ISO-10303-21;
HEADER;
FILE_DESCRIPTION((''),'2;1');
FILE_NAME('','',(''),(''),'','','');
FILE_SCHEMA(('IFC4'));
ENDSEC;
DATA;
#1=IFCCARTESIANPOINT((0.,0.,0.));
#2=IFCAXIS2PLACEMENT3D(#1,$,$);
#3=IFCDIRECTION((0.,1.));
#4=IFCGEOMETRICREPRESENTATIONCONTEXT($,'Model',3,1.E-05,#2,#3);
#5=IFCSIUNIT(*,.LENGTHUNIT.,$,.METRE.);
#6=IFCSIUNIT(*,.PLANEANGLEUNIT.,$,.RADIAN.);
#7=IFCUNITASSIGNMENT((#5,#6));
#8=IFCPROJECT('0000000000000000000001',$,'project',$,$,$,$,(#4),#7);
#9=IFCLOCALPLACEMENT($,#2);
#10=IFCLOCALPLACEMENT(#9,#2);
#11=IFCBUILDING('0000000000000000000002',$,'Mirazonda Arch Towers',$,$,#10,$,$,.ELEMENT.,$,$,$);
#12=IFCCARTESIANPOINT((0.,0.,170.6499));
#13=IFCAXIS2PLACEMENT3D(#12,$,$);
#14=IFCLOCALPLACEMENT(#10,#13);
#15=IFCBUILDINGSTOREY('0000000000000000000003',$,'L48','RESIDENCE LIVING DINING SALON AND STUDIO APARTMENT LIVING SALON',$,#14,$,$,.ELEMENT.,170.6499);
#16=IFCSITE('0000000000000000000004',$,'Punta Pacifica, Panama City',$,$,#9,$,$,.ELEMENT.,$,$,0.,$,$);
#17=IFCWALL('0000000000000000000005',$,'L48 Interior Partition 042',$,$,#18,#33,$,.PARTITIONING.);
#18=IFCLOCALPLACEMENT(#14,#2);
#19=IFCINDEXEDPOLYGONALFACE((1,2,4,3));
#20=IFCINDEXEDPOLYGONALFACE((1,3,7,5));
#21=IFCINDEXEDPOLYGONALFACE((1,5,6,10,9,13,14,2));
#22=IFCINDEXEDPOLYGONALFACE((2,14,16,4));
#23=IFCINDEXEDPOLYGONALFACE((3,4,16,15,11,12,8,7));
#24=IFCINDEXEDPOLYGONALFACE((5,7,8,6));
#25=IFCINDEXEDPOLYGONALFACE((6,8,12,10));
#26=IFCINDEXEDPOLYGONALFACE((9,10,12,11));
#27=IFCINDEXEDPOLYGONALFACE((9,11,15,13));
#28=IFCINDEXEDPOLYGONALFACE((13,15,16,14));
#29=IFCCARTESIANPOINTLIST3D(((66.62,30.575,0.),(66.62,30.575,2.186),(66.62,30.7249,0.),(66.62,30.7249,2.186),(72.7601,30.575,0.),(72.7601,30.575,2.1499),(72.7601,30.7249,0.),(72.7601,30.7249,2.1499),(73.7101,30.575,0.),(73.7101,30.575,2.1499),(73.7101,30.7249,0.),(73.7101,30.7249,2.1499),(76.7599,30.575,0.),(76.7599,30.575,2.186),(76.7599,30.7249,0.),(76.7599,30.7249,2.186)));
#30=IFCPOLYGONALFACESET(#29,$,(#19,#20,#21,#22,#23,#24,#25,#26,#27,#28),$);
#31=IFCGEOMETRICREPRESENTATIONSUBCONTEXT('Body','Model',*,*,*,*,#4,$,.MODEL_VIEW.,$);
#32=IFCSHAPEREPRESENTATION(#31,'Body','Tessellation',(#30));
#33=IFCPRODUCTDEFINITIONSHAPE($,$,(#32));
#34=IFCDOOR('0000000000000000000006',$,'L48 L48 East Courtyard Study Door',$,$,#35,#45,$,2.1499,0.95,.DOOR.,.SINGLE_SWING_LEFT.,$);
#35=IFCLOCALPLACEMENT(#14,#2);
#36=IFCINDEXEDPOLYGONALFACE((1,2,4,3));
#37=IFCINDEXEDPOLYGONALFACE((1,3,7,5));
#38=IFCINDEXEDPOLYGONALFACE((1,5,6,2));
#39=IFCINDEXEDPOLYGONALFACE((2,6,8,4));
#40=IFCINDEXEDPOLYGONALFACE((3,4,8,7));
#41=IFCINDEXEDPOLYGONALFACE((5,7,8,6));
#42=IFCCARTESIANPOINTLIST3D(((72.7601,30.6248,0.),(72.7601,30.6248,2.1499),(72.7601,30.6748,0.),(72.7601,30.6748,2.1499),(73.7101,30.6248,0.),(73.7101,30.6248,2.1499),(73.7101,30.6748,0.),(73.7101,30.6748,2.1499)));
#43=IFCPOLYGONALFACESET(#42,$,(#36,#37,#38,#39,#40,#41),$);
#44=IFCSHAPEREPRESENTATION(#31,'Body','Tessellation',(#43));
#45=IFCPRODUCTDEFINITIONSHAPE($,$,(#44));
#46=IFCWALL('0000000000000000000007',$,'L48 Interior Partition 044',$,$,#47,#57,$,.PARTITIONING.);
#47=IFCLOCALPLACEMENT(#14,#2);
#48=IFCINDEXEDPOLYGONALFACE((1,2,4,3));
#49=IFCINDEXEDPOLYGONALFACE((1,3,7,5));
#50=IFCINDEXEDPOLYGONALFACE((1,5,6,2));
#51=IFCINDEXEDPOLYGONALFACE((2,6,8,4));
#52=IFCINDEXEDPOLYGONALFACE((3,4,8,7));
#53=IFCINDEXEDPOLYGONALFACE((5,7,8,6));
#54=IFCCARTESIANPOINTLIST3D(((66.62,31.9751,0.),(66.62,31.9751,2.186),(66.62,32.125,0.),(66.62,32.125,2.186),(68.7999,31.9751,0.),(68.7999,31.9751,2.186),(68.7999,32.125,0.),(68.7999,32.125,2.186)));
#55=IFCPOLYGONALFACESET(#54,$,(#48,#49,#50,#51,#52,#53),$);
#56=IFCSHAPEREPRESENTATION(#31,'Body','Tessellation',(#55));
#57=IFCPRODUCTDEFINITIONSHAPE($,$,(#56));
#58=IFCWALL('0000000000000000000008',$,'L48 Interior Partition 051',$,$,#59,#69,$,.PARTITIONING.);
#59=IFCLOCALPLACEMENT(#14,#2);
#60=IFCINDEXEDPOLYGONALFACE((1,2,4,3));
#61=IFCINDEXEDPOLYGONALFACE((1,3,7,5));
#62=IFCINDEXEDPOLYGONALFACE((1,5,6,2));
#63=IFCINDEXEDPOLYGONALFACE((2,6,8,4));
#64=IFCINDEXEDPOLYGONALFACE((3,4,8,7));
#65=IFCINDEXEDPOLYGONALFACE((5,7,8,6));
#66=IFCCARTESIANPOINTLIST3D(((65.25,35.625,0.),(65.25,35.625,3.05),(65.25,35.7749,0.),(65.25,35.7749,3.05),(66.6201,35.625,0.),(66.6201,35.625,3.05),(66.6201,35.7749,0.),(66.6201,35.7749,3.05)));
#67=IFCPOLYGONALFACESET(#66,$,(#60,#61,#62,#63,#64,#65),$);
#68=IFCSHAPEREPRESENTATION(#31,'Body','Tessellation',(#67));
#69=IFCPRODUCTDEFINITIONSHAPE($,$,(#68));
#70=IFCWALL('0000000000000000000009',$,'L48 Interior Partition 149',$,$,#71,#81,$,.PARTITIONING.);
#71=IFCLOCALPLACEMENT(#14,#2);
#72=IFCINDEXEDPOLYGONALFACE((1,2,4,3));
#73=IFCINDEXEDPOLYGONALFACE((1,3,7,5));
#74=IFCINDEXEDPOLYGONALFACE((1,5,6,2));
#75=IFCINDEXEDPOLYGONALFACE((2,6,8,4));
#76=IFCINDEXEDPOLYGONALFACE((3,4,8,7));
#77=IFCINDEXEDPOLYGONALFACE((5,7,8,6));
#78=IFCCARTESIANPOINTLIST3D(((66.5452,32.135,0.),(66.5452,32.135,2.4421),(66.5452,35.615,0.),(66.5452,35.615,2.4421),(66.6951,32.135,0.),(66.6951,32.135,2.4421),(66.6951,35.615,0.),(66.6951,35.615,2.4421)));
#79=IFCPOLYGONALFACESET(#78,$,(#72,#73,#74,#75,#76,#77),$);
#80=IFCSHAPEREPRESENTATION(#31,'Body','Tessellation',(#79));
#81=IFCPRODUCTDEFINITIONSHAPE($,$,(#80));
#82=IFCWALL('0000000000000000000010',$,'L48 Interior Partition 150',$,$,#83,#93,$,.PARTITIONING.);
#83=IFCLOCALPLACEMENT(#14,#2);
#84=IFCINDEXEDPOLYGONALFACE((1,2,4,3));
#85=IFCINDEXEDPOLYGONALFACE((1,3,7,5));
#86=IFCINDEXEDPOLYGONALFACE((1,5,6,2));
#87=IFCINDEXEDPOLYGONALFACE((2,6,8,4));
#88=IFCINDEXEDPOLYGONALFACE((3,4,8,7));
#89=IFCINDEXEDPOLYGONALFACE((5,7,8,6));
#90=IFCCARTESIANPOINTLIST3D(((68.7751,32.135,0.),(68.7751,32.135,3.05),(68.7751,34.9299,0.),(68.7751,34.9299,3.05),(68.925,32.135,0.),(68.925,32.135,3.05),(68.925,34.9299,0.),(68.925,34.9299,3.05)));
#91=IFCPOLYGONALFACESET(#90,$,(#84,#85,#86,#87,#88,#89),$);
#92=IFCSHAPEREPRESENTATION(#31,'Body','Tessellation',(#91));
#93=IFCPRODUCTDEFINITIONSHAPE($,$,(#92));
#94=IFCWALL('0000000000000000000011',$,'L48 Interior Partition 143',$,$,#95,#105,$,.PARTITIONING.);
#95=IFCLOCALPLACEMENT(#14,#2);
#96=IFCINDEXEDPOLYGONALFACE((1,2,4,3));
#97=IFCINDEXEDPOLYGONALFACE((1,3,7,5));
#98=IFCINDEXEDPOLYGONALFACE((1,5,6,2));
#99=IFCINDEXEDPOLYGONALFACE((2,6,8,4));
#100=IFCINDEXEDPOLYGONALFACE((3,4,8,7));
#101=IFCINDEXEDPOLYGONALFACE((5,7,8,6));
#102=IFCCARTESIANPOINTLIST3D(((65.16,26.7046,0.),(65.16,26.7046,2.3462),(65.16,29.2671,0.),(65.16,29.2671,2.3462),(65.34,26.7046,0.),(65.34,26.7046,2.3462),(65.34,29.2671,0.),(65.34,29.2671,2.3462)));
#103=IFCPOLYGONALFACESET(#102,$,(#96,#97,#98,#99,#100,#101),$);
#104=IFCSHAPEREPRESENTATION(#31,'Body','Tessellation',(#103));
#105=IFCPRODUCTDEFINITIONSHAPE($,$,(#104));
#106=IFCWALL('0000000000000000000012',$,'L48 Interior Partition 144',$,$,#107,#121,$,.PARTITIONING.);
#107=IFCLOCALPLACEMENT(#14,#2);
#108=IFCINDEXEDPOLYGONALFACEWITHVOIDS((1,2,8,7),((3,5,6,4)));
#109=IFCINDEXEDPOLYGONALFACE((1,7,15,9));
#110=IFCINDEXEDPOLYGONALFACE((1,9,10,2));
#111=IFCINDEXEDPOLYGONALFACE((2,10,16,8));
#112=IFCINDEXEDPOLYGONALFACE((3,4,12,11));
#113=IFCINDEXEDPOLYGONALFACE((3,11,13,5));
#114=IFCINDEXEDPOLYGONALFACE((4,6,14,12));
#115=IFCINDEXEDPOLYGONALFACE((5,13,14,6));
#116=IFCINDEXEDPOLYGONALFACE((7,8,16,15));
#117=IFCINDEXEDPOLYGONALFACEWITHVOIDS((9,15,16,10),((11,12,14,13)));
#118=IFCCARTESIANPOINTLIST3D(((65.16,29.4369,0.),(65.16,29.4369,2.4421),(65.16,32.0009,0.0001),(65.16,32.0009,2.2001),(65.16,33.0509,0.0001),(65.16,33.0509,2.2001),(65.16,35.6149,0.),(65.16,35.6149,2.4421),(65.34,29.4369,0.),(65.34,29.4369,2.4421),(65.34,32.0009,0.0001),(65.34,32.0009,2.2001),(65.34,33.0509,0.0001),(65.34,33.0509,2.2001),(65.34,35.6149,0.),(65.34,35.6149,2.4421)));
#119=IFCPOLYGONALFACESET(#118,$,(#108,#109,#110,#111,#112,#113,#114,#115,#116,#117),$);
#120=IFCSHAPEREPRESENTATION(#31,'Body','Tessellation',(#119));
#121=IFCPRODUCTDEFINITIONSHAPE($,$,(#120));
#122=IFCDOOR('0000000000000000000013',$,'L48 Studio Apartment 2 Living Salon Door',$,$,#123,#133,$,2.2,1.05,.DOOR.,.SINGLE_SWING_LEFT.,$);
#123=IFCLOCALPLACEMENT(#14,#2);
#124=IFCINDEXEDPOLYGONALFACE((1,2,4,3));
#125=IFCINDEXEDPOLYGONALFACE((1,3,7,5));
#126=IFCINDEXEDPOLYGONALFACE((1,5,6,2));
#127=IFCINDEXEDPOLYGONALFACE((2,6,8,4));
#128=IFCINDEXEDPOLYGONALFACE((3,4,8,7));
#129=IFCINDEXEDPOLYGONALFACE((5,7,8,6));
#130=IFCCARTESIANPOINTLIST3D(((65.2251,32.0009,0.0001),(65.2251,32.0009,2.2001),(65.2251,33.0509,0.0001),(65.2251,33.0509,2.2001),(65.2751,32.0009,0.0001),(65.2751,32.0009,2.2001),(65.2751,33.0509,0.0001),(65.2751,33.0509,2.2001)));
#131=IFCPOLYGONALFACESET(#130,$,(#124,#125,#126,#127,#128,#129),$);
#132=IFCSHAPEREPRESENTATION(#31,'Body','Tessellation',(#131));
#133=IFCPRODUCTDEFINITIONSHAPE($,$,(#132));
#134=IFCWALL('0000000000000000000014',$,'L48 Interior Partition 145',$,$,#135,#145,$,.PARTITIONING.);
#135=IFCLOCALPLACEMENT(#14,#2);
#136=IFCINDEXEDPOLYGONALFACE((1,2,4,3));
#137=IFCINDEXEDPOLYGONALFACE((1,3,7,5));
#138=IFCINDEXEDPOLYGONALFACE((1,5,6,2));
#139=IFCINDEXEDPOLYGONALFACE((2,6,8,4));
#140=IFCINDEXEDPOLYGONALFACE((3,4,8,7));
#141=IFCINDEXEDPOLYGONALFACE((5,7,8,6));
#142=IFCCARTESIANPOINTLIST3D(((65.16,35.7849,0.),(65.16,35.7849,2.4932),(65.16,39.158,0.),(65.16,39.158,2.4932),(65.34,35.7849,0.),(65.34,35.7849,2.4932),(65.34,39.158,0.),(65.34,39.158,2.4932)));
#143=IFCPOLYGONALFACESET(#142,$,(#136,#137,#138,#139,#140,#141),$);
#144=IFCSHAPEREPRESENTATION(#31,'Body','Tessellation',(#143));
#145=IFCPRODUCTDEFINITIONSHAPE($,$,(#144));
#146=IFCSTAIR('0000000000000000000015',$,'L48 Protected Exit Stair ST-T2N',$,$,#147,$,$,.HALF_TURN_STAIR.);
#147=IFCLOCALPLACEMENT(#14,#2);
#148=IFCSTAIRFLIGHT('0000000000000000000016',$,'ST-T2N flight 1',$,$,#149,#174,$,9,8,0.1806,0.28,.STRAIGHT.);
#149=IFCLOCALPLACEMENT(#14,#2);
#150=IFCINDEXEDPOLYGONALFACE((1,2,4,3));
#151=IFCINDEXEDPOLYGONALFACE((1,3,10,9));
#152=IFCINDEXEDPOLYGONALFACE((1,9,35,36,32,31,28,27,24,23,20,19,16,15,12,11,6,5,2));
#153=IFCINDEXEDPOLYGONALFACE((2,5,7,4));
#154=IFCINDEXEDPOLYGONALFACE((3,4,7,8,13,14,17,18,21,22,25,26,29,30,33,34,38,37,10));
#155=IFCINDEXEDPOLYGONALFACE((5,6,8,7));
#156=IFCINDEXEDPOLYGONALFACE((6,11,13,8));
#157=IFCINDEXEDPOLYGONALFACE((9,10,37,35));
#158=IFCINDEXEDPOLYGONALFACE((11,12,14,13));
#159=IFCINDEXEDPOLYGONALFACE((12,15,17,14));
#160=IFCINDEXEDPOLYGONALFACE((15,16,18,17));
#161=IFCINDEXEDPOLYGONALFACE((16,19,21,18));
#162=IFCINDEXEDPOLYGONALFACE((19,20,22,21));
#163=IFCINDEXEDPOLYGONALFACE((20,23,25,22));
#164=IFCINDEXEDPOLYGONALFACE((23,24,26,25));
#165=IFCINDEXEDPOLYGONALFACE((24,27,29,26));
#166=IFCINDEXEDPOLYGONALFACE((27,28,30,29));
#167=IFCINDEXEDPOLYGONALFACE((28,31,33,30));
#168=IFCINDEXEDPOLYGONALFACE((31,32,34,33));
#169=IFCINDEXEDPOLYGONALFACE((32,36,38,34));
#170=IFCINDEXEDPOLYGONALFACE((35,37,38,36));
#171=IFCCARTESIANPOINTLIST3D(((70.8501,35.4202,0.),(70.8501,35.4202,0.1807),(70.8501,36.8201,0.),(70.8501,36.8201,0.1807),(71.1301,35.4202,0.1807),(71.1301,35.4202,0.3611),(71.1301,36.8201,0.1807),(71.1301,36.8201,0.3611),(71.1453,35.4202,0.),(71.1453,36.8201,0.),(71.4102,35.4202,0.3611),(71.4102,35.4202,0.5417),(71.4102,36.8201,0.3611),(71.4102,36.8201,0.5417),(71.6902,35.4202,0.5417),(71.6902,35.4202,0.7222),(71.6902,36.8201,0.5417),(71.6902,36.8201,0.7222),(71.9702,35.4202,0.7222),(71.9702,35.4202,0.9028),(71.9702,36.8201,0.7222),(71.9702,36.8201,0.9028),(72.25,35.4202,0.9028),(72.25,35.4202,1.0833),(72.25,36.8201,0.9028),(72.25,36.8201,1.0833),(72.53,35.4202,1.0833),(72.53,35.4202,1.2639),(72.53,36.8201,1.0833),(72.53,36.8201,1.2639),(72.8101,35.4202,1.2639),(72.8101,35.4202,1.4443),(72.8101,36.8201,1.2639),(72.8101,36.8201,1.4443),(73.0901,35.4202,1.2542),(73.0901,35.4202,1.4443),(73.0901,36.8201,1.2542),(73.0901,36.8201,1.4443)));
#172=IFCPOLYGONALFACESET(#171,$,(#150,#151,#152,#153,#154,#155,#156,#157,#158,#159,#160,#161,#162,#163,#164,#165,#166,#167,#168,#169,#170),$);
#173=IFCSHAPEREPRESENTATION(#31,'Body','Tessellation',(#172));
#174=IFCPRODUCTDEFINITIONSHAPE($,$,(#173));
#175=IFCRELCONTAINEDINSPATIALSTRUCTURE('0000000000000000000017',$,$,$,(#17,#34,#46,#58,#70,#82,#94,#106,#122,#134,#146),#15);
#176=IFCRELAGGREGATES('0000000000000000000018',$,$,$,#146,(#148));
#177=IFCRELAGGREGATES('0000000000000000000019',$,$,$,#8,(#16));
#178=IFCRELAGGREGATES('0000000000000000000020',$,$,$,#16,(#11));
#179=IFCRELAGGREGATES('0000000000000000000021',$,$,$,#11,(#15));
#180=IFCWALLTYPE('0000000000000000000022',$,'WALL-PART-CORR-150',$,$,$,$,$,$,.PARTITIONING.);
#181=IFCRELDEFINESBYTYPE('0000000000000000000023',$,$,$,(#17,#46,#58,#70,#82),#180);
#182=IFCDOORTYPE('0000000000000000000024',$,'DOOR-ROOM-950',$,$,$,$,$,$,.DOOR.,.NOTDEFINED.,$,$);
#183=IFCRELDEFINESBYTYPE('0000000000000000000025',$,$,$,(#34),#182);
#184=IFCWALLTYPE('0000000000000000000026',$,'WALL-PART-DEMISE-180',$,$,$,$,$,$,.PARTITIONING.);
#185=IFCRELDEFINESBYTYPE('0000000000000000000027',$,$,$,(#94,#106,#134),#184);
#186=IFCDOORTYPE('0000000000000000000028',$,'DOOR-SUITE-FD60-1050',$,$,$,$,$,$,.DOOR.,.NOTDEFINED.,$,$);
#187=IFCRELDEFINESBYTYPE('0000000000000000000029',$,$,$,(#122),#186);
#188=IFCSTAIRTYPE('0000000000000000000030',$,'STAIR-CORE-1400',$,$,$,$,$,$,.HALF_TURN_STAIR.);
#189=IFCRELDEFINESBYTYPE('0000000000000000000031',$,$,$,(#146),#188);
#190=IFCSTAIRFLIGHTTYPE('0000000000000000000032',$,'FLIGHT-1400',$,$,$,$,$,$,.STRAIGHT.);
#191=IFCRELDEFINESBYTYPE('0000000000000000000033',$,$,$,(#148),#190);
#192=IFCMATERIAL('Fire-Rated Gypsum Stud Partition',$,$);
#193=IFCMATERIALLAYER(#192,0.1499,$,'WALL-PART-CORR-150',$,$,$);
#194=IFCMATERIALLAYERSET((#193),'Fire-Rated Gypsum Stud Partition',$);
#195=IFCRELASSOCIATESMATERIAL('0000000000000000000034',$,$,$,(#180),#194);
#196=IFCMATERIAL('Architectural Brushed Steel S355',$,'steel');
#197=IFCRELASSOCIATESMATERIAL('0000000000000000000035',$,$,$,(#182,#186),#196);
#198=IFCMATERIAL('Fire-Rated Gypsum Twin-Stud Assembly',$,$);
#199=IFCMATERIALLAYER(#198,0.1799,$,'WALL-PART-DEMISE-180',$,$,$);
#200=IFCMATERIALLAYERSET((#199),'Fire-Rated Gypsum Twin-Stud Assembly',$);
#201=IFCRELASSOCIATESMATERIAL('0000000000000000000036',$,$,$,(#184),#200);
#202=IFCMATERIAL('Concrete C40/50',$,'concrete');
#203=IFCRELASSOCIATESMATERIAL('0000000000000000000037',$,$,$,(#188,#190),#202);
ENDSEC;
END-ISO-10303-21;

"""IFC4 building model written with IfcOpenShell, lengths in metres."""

from ifc_helpers import new_model, si_unit, direction, frame, frame_2d, origin, place, context, subcontext, project, spatial, polyline, rectangle, outline, extrude, material, layer, layer_set, type_object, element, fill, aggregate, save


model = new_model("IFC4")

# Units and contexts
model_context = context("Model", 3, precision=1e-05, world=origin(), true_north=direction((0.0, 1.0)))
body_context = subcontext(model_context, "Body", "Model", "MODEL_VIEW")
ifc_project = project(units=[si_unit("LENGTHUNIT", "METRE"), si_unit("PLANEANGLEUNIT", "RADIAN")], contexts=[model_context])

# Site, building, storey
site_placement = place(None, origin())
site = spatial("IfcSite", under=ifc_project, at=site_placement, Name="Punta Pacifica, Panama City", CompositionType="ELEMENT", RefElevation=0.0)
building_placement = place(site_placement, origin())
building = spatial("IfcBuilding", under=site, at=building_placement, Name="Mirazonda Arch Towers", CompositionType="ELEMENT")
storey_placement = place(building_placement, frame((0.0, 0.0, 170.6499)))
storey = spatial("IfcBuildingStorey", under=building, at=storey_placement, Name="L48", Description="RESIDENCE LIVING DINING SALON AND STUDIO APARTMENT LIVING SALON", CompositionType="ELEMENT", Elevation=170.6499)

# Shared definitions
ifc_material_1 = material(Name="Architectural Brushed Steel S355", Category="steel")

# Wall, opening, door
ifc_material_2 = material(Name="Fire-Rated Gypsum Stud Partition")
ifc_layer_1 = layer(ifc_material_2, 0.1499, Name="WALL-PART-CORR-150")
ifc_layer_set_1 = layer_set([ifc_layer_1], Name="Fire-Rated Gypsum Stud Partition")
wall_type_1 = type_object("IfcWallType", Name="WALL-PART-CORR-150", PredefinedType="PARTITIONING", material=ifc_layer_set_1)
wall_1_placement = place(storey_placement, frame((66.6201, 30.6499, 0.0), z_axis=(0.0, 0.0, 1.0), x_axis=(1.0, 0.0, 0.0)))
wall_1 = element("IfcWall", 1, at=wall_1_placement, inside=storey, type_object=wall_type_1, Name="L48 Interior Partition 042", PredefinedType="PARTITIONING", context=body_context, shape_type="SweptSolid", body=[
    extrude(rectangle(XDim=10.1399, YDim=0.1499, at=frame_2d((5.0698, 0.0))), origin(), (0.0, 0.0, 1.0), 2.186),
])
opening_1_placement = place(wall_1_placement, frame((6.1399, 0.0, 0.0)))
opening_1 = element("IfcOpeningElement", 2, at=opening_1_placement, cuts=wall_1, PredefinedType="OPENING", context=body_context, shape_type="SweptSolid", body=[
    extrude(rectangle(XDim=0.95, YDim=2.1499, at=frame_2d((0.4751, 1.075))), frame((0.0, 0.085, 0.0), z_axis=(0.0, -1.0, 0.0), x_axis=(1.0, 0.0, 0.0)), (0.0, 0.0, 1.0), 0.1699),
])
door_type_1 = type_object("IfcDoorType", Name="DOOR-ROOM-950", OperationType="NOTDEFINED", PredefinedType="DOOR", material=ifc_material_1)
door_1_placement = place(opening_1_placement, origin())
door_1 = element("IfcDoor", 3, at=door_1_placement, inside=storey, type_object=door_type_1, Name="L48 L48 East Courtyard Study Door", OperationType="SINGLE_SWING_LEFT", OverallHeight=2.1499, OverallWidth=0.95, PredefinedType="DOOR", context=body_context, shape_type="SweptSolid", body=[
    extrude(rectangle(XDim=0.95, YDim=2.1499, at=frame_2d((0.4751, 1.075))), frame((0.0, 0.0249, 0.0), z_axis=(0.0, -1.0, 0.0), x_axis=(1.0, 0.0, 0.0)), (0.0, 0.0, 1.0), 0.05),
])
fill(opening_1, door_1)

# Walls
wall_2_placement = place(storey_placement, frame((66.6201, 32.05, 0.0), z_axis=(0.0, 0.0, 1.0), x_axis=(1.0, 0.0, 0.0)))
element("IfcWall", 4, at=wall_2_placement, inside=storey, type_object=wall_type_1, Name="L48 Interior Partition 044", PredefinedType="PARTITIONING", context=body_context, shape_type="SweptSolid", body=[
    extrude(rectangle(XDim=2.1799, YDim=0.1499, at=frame_2d((1.0898, 0.0))), origin(), (0.0, 0.0, 1.0), 2.186),
])
wall_3_placement = place(storey_placement, frame((65.25, 35.7, 0.0), z_axis=(0.0, 0.0, 1.0), x_axis=(1.0, 0.0, 0.0)))
element("IfcWall", 5, at=wall_3_placement, inside=storey, type_object=wall_type_1, Name="L48 Interior Partition 051", PredefinedType="PARTITIONING", context=body_context, shape_type="SweptSolid", body=[
    extrude(rectangle(XDim=1.3701, YDim=0.1499, at=frame_2d((0.6851, 0.0))), origin(), (0.0, 0.0, 1.0), 3.05),
])
wall_4_placement = place(storey_placement, frame((66.6201, 32.135, 0.0), z_axis=(0.0, 0.0, 1.0), x_axis=(0.0, 1.0, 0.0)))
element("IfcWall", 6, at=wall_4_placement, inside=storey, type_object=wall_type_1, Name="L48 Interior Partition 149", PredefinedType="PARTITIONING", context=body_context, shape_type="SweptSolid", body=[
    extrude(rectangle(XDim=3.48, YDim=0.1499, at=frame_2d((1.74, 0.0))), origin(), (0.0, 0.0, 1.0), 2.4421),
])
wall_5_placement = place(storey_placement, frame((68.8501, 32.135, 0.0), z_axis=(0.0, 0.0, 1.0), x_axis=(0.0, 1.0, 0.0)))
element("IfcWall", 7, at=wall_5_placement, inside=storey, type_object=wall_type_1, Name="L48 Interior Partition 150", PredefinedType="PARTITIONING", context=body_context, shape_type="SweptSolid", body=[
    extrude(rectangle(XDim=2.7949, YDim=0.1499, at=frame_2d((1.3975, 0.0))), origin(), (0.0, 0.0, 1.0), 3.05),
])
ifc_material_3 = material(Name="Fire-Rated Gypsum Twin-Stud Assembly")
ifc_layer_2 = layer(ifc_material_3, 0.1799, Name="WALL-PART-DEMISE-180")
ifc_layer_set_2 = layer_set([ifc_layer_2], Name="Fire-Rated Gypsum Twin-Stud Assembly")
wall_type_2 = type_object("IfcWallType", Name="WALL-PART-DEMISE-180", PredefinedType="PARTITIONING", material=ifc_layer_set_2)
wall_6_placement = place(storey_placement, frame((65.25, 26.7046, 0.0), z_axis=(0.0, 0.0, 1.0), x_axis=(0.0, 1.0, 0.0)))
element("IfcWall", 8, at=wall_6_placement, inside=storey, type_object=wall_type_2, Name="L48 Interior Partition 143", PredefinedType="PARTITIONING", context=body_context, shape_type="SweptSolid", body=[
    extrude(rectangle(XDim=2.5625, YDim=0.1799, at=frame_2d((1.2812, 0.0))), origin(), (0.0, 0.0, 1.0), 2.3462),
])

# Wall, opening, door
wall_7_placement = place(storey_placement, frame((65.25, 29.437, 0.0), z_axis=(0.0, 0.0, 1.0), x_axis=(0.0, 1.0, 0.0)))
wall_7 = element("IfcWall", 9, at=wall_7_placement, inside=storey, type_object=wall_type_2, Name="L48 Interior Partition 144", PredefinedType="PARTITIONING", context=body_context, shape_type="SweptSolid", body=[
    extrude(rectangle(XDim=6.178, YDim=0.1799, at=frame_2d((3.0889, 0.0))), origin(), (0.0, 0.0, 1.0), 2.4421),
])
opening_2_placement = place(wall_7_placement, frame((2.564, 0.0, 0.0)))
opening_2 = element("IfcOpeningElement", 10, at=opening_2_placement, cuts=wall_7, PredefinedType="OPENING", context=body_context, shape_type="SweptSolid", body=[
    extrude(rectangle(XDim=1.05, YDim=2.2, at=frame_2d((0.5249, 1.1001))), frame((0.0, 0.0999, 0.0), z_axis=(0.0, -1.0, 0.0), x_axis=(1.0, 0.0, 0.0)), (0.0, 0.0, 1.0), 0.2),
])
door_type_2 = type_object("IfcDoorType", Name="DOOR-SUITE-FD60-1050", OperationType="NOTDEFINED", PredefinedType="DOOR", material=ifc_material_1)
door_2_placement = place(opening_2_placement, origin())
door_2 = element("IfcDoor", 11, at=door_2_placement, inside=storey, type_object=door_type_2, Name="L48 Studio Apartment 2 Living Salon Door", OperationType="SINGLE_SWING_LEFT", OverallHeight=2.2, OverallWidth=1.05, PredefinedType="DOOR", context=body_context, shape_type="SweptSolid", body=[
    extrude(rectangle(XDim=1.05, YDim=2.2, at=frame_2d((0.5249, 1.1001))), frame((0.0, 0.0249, 0.0), z_axis=(0.0, -1.0, 0.0), x_axis=(1.0, 0.0, 0.0)), (0.0, 0.0, 1.0), 0.05),
])
fill(opening_2, door_2)

# Wall
wall_8_placement = place(storey_placement, frame((65.25, 35.7849, 0.0), z_axis=(0.0, 0.0, 1.0), x_axis=(0.0, 1.0, 0.0)))
element("IfcWall", 12, at=wall_8_placement, inside=storey, type_object=wall_type_2, Name="L48 Interior Partition 145", PredefinedType="PARTITIONING", context=body_context, shape_type="SweptSolid", body=[
    extrude(rectangle(XDim=3.373, YDim=0.1799, at=frame_2d((1.6865, 0.0))), origin(), (0.0, 0.0, 1.0), 2.4932),
])

# Stair, stair flight
ifc_material_4 = material(Name="Concrete C40/50", Category="concrete")
stair_type = type_object("IfcStairType", Name="STAIR-CORE-1400", PredefinedType="HALF_TURN_STAIR", material=ifc_material_4)
stair_placement = place(storey_placement, origin())
stair = element("IfcStair", 13, at=stair_placement, inside=storey, type_object=stair_type, Name="L48 Protected Exit Stair ST-T2N", PredefinedType="HALF_TURN_STAIR")
stair_flight_type = type_object("IfcStairFlightType", Name="FLIGHT-1400", PredefinedType="STRAIGHT", material=ifc_material_4)
stair_flight_placement = place(storey_placement, frame((70.8501, 36.1201, 0.0), z_axis=(0.0, 0.0, 1.0), x_axis=(1.0, 0.0, 0.0)))
stair_flight = element("IfcStairFlight", 14, at=stair_flight_placement, type_object=stair_flight_type, Name="ST-T2N flight 1", NumberOfRisers=9, NumberOfTreads=8, PredefinedType="STRAIGHT", RiserHeight=0.1806, TreadLength=0.28, context=body_context, shape_type="SweptSolid", body=[
    extrude(outline(polyline([(0.0, 0.0), (0.0, 0.1807), (0.28, 0.1807), (0.28, 0.3611), (0.5601, 0.3611), (0.5601, 0.5417), (0.8401, 0.5417), (0.8401, 0.7222), (1.1201, 0.7222), (1.1201, 0.9028), (1.3999, 0.9028), (1.3999, 1.0833), (1.6799, 1.0833), (1.6799, 1.2639), (1.96, 1.2639), (1.96, 1.4443), (2.24, 1.4443), (2.24, 1.625), (2.24, 1.2542), (0.2952, 0.0), (0.0, 0.0)])), frame((0.0, 0.7, 0.0), z_axis=(0.0, -1.0, 0.0), x_axis=(1.0, 0.0, 0.0)), (0.0, 0.0, 1.0), 1.3999),
])
aggregate(stair, [stair_flight])

save(model, "model.ifc")
